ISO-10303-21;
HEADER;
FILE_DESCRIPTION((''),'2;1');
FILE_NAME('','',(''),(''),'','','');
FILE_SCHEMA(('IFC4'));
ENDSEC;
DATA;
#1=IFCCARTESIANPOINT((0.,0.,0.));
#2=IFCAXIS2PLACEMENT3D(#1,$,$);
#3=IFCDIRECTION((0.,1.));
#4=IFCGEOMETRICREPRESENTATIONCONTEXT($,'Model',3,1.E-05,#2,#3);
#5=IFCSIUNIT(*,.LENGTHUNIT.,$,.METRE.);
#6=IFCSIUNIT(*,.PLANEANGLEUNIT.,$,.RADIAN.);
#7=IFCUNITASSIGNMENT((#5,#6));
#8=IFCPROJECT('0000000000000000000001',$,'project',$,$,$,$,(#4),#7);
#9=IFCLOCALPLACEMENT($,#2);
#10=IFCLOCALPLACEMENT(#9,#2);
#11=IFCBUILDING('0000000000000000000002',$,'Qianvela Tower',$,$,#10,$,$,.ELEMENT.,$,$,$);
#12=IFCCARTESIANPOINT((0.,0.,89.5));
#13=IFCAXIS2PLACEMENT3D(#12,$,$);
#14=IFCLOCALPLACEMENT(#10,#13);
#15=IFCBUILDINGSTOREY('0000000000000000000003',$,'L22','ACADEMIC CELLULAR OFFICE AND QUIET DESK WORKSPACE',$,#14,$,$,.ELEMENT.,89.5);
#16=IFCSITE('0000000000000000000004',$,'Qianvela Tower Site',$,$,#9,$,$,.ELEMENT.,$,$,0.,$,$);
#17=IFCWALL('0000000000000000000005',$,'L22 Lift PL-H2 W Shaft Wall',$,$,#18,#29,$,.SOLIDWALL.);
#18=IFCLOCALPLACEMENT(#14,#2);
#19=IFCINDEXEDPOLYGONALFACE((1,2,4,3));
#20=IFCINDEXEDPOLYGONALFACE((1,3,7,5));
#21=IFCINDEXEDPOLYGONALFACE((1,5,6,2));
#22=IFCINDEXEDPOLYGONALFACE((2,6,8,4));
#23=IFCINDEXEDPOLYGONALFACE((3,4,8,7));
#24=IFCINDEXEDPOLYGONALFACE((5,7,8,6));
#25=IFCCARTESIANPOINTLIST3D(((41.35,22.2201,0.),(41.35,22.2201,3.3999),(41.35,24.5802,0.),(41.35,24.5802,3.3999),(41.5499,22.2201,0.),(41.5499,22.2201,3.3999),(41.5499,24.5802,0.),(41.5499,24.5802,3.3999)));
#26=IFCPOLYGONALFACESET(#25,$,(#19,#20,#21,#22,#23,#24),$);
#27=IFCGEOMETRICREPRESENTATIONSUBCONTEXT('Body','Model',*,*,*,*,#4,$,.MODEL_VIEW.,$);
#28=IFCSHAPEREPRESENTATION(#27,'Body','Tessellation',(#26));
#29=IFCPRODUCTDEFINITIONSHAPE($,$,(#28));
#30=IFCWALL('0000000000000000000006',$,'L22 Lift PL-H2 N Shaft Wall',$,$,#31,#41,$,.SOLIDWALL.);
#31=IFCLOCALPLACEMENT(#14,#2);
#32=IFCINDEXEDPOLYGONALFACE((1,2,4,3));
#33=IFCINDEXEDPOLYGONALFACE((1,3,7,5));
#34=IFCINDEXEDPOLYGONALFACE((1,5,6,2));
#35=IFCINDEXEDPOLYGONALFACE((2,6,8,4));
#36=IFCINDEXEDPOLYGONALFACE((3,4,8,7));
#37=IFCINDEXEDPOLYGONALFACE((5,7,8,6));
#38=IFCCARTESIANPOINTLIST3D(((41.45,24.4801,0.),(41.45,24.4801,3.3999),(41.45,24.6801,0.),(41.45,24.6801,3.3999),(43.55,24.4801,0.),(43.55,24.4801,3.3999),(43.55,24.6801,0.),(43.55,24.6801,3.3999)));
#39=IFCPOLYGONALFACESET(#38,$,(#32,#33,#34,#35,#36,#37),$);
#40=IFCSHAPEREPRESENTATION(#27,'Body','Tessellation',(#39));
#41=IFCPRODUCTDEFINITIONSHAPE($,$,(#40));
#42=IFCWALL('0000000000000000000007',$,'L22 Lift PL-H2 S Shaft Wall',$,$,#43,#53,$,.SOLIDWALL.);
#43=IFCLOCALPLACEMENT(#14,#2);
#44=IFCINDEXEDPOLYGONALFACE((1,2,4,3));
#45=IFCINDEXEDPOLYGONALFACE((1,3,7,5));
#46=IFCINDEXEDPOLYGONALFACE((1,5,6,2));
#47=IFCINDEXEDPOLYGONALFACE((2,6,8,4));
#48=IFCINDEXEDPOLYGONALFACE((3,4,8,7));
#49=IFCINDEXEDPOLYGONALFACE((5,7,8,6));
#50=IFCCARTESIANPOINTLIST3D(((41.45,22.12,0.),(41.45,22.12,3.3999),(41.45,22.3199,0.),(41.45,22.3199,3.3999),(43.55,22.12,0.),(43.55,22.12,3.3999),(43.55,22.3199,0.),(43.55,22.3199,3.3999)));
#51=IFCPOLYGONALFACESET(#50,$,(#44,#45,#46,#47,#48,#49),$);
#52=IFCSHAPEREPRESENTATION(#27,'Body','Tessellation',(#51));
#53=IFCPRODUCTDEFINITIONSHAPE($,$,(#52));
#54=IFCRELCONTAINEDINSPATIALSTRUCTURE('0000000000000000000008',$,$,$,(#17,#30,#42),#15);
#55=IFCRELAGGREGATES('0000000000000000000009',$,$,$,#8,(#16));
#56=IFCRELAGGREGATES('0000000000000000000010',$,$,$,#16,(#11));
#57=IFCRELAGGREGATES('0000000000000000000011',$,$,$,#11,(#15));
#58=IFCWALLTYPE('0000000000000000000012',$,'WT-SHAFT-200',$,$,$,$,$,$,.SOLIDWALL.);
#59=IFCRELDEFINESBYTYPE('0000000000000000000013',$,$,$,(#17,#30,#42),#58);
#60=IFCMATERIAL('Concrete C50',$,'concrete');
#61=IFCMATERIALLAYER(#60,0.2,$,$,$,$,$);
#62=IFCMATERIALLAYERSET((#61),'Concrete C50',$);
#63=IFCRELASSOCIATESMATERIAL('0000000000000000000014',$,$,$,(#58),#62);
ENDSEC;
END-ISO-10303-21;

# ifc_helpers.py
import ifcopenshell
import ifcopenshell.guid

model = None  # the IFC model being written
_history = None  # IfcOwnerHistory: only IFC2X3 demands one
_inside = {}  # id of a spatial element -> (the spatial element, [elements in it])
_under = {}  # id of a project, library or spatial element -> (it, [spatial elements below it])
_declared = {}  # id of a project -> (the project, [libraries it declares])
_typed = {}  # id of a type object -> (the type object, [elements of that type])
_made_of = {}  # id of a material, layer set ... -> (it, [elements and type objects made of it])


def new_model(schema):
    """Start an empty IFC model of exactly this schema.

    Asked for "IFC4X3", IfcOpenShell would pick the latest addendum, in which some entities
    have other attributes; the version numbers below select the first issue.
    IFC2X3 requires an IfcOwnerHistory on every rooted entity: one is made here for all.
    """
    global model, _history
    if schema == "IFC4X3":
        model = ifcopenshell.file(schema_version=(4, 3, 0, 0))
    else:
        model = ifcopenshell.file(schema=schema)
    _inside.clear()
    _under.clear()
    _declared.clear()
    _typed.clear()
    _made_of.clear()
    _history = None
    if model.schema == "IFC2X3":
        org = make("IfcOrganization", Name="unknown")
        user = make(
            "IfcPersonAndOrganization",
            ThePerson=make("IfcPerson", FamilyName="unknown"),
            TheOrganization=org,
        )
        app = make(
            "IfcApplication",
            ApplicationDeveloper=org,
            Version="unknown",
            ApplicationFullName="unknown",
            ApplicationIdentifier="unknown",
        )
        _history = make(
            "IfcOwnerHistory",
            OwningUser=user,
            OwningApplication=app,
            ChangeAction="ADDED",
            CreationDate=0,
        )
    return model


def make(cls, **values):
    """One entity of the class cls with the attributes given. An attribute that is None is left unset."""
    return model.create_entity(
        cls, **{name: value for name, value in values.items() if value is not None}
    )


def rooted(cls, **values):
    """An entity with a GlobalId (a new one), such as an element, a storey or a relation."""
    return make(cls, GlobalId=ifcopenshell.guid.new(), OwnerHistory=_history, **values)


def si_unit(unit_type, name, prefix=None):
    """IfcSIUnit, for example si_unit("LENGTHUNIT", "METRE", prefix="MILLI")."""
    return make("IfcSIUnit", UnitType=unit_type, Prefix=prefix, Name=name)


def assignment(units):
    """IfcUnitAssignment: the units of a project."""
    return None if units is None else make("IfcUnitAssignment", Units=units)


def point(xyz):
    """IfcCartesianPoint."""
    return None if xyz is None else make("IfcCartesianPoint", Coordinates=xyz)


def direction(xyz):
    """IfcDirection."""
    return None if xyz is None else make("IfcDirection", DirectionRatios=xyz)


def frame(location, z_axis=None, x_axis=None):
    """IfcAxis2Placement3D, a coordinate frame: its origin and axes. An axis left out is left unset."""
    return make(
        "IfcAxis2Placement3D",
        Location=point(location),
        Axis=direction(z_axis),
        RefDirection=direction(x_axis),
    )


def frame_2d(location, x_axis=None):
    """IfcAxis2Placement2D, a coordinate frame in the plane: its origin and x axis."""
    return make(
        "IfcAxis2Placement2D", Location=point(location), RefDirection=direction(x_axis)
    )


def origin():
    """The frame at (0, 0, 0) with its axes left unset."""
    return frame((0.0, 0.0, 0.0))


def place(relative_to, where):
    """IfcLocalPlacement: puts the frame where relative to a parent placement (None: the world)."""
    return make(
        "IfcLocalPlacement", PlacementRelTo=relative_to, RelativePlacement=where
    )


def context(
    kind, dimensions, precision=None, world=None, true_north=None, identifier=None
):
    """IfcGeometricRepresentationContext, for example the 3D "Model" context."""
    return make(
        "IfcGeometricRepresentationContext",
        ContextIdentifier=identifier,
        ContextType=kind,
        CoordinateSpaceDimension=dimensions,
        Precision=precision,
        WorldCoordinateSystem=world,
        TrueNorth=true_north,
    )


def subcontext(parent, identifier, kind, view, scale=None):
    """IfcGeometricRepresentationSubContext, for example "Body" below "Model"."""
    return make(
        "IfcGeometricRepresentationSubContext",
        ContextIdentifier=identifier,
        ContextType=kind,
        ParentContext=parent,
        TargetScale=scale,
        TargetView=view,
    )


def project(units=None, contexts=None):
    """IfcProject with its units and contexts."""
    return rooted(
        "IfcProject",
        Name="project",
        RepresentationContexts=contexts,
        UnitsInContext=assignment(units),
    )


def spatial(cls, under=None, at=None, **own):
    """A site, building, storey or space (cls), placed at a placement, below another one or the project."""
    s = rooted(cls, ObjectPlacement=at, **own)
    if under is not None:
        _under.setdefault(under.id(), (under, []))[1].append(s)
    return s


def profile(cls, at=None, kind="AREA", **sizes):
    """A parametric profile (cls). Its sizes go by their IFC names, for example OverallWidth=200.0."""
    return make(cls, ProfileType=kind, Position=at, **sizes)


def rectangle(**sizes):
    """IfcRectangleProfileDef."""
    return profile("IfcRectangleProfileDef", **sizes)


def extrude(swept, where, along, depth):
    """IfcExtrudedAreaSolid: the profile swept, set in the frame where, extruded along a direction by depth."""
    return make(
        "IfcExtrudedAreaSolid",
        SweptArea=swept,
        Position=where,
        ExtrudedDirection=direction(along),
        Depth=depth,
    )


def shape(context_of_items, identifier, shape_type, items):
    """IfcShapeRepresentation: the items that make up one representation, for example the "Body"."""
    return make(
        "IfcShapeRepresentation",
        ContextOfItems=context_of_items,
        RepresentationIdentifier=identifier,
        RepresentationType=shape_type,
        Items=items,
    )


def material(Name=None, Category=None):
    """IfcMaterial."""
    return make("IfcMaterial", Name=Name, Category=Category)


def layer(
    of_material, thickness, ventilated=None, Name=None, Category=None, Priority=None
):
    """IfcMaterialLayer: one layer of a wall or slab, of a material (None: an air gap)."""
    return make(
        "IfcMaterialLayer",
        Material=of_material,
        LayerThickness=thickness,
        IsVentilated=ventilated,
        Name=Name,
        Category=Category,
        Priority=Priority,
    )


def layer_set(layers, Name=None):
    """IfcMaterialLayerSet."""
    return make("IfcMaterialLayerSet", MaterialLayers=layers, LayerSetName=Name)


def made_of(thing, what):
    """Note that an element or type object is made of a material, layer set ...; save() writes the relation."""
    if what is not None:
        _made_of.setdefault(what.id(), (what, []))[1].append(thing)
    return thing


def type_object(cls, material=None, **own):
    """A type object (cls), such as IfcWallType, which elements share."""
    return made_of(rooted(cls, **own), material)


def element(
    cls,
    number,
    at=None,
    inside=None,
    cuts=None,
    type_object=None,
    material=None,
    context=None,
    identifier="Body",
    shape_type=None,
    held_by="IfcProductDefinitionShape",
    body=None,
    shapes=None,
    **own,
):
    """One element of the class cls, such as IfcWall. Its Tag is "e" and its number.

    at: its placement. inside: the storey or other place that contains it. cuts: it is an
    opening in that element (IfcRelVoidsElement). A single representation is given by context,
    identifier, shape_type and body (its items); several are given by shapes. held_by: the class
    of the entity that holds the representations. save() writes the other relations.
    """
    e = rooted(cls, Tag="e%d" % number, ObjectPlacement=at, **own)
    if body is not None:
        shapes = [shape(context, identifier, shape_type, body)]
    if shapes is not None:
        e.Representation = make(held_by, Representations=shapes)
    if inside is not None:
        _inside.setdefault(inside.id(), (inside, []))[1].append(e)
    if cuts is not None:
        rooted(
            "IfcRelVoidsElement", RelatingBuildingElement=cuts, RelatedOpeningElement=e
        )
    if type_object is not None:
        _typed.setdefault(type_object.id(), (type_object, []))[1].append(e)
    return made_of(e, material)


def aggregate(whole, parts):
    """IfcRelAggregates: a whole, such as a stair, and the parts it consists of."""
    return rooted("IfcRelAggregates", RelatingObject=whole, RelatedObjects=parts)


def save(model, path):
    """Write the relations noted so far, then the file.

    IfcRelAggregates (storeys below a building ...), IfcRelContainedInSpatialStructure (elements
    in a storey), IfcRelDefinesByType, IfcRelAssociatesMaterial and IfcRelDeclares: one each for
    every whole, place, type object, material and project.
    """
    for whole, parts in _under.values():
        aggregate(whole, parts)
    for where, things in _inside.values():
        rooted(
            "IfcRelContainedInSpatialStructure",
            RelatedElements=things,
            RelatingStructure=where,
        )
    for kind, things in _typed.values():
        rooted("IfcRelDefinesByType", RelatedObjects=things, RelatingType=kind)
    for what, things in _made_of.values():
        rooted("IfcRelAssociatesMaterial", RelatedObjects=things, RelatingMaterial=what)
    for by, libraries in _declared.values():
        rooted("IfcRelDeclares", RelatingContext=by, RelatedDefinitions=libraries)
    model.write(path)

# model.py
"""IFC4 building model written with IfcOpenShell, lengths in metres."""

from ifc_helpers import new_model, si_unit, direction, frame, frame_2d, origin, place, context, subcontext, project, spatial, rectangle, extrude, material, layer, layer_set, type_object, element, save


model = new_model("IFC4")

# Units and contexts
model_context = context("Model", 3, precision=1e-05, world=origin(), true_north=direction((0.0, 1.0)))
body_context = subcontext(model_context, "Body", "Model", "MODEL_VIEW")
ifc_project = project(units=[si_unit("LENGTHUNIT", "METRE"), si_unit("PLANEANGLEUNIT", "RADIAN")], contexts=[model_context])

# Site, building, storey
site_placement = place(None, origin())
site = spatial("IfcSite", under=ifc_project, at=site_placement, Name="Qianvela Tower Site", CompositionType="ELEMENT", RefElevation=0.0)
building_placement = place(site_placement, origin())
building = spatial("IfcBuilding", under=site, at=building_placement, Name="Qianvela Tower", CompositionType="ELEMENT")
storey_placement = place(building_placement, frame((0.0, 0.0, 89.5)))
storey = spatial("IfcBuildingStorey", under=building, at=storey_placement, Name="L22", Description="ACADEMIC CELLULAR OFFICE AND QUIET DESK WORKSPACE", CompositionType="ELEMENT", Elevation=89.5)

# Shared definitions
ifc_material_1 = material(Name="Concrete C50", Category="concrete")
ifc_layer_1 = layer(ifc_material_1, 0.2)
ifc_layer_set_1 = layer_set([ifc_layer_1], Name="Concrete C50")
wall_type_1 = type_object("IfcWallType", Name="WT-SHAFT-200", PredefinedType="SOLIDWALL", material=ifc_layer_set_1)

# Walls
wall_1_placement = place(storey_placement, frame((41.45, 22.22, 0.0), z_axis=(0.0, 0.0, 1.0), x_axis=(0.0, 1.0, 0.0)))
element("IfcWall", 1, at=wall_1_placement, inside=storey, type_object=wall_type_1, Name="L22 Lift PL-H2 W Shaft Wall", PredefinedType="SOLIDWALL", context=body_context, shape_type="SweptSolid", body=[
    extrude(rectangle(XDim=2.3601, YDim=0.2, at=frame_2d((1.1802, 0.0))), origin(), (0.0, 0.0, 1.0), 3.3999),
])
for number, where, z_axis, x_axis, name in (
    (2, (41.45, 24.5801, 0.0), (0.0, 0.0, 1.0), (1.0, 0.0, 0.0), "L22 Lift PL-H2 N Shaft Wall"),
    (3, (41.45, 22.22, 0.0), (0.0, 0.0, 1.0), (1.0, 0.0, 0.0), "L22 Lift PL-H2 S Shaft Wall"),
):
    element("IfcWall", number, at=place(storey_placement, frame(where, z_axis=z_axis, x_axis=x_axis)), inside=storey, type_object=wall_type_1, Name=name, PredefinedType="SOLIDWALL", context=body_context, shape_type="SweptSolid", body=[
        extrude(rectangle(XDim=2.1001, YDim=0.2, at=frame_2d((1.05, 0.0))), origin(), (0.0, 0.0, 1.0), 3.3999),
    ])

save(model, "model.ifc")
